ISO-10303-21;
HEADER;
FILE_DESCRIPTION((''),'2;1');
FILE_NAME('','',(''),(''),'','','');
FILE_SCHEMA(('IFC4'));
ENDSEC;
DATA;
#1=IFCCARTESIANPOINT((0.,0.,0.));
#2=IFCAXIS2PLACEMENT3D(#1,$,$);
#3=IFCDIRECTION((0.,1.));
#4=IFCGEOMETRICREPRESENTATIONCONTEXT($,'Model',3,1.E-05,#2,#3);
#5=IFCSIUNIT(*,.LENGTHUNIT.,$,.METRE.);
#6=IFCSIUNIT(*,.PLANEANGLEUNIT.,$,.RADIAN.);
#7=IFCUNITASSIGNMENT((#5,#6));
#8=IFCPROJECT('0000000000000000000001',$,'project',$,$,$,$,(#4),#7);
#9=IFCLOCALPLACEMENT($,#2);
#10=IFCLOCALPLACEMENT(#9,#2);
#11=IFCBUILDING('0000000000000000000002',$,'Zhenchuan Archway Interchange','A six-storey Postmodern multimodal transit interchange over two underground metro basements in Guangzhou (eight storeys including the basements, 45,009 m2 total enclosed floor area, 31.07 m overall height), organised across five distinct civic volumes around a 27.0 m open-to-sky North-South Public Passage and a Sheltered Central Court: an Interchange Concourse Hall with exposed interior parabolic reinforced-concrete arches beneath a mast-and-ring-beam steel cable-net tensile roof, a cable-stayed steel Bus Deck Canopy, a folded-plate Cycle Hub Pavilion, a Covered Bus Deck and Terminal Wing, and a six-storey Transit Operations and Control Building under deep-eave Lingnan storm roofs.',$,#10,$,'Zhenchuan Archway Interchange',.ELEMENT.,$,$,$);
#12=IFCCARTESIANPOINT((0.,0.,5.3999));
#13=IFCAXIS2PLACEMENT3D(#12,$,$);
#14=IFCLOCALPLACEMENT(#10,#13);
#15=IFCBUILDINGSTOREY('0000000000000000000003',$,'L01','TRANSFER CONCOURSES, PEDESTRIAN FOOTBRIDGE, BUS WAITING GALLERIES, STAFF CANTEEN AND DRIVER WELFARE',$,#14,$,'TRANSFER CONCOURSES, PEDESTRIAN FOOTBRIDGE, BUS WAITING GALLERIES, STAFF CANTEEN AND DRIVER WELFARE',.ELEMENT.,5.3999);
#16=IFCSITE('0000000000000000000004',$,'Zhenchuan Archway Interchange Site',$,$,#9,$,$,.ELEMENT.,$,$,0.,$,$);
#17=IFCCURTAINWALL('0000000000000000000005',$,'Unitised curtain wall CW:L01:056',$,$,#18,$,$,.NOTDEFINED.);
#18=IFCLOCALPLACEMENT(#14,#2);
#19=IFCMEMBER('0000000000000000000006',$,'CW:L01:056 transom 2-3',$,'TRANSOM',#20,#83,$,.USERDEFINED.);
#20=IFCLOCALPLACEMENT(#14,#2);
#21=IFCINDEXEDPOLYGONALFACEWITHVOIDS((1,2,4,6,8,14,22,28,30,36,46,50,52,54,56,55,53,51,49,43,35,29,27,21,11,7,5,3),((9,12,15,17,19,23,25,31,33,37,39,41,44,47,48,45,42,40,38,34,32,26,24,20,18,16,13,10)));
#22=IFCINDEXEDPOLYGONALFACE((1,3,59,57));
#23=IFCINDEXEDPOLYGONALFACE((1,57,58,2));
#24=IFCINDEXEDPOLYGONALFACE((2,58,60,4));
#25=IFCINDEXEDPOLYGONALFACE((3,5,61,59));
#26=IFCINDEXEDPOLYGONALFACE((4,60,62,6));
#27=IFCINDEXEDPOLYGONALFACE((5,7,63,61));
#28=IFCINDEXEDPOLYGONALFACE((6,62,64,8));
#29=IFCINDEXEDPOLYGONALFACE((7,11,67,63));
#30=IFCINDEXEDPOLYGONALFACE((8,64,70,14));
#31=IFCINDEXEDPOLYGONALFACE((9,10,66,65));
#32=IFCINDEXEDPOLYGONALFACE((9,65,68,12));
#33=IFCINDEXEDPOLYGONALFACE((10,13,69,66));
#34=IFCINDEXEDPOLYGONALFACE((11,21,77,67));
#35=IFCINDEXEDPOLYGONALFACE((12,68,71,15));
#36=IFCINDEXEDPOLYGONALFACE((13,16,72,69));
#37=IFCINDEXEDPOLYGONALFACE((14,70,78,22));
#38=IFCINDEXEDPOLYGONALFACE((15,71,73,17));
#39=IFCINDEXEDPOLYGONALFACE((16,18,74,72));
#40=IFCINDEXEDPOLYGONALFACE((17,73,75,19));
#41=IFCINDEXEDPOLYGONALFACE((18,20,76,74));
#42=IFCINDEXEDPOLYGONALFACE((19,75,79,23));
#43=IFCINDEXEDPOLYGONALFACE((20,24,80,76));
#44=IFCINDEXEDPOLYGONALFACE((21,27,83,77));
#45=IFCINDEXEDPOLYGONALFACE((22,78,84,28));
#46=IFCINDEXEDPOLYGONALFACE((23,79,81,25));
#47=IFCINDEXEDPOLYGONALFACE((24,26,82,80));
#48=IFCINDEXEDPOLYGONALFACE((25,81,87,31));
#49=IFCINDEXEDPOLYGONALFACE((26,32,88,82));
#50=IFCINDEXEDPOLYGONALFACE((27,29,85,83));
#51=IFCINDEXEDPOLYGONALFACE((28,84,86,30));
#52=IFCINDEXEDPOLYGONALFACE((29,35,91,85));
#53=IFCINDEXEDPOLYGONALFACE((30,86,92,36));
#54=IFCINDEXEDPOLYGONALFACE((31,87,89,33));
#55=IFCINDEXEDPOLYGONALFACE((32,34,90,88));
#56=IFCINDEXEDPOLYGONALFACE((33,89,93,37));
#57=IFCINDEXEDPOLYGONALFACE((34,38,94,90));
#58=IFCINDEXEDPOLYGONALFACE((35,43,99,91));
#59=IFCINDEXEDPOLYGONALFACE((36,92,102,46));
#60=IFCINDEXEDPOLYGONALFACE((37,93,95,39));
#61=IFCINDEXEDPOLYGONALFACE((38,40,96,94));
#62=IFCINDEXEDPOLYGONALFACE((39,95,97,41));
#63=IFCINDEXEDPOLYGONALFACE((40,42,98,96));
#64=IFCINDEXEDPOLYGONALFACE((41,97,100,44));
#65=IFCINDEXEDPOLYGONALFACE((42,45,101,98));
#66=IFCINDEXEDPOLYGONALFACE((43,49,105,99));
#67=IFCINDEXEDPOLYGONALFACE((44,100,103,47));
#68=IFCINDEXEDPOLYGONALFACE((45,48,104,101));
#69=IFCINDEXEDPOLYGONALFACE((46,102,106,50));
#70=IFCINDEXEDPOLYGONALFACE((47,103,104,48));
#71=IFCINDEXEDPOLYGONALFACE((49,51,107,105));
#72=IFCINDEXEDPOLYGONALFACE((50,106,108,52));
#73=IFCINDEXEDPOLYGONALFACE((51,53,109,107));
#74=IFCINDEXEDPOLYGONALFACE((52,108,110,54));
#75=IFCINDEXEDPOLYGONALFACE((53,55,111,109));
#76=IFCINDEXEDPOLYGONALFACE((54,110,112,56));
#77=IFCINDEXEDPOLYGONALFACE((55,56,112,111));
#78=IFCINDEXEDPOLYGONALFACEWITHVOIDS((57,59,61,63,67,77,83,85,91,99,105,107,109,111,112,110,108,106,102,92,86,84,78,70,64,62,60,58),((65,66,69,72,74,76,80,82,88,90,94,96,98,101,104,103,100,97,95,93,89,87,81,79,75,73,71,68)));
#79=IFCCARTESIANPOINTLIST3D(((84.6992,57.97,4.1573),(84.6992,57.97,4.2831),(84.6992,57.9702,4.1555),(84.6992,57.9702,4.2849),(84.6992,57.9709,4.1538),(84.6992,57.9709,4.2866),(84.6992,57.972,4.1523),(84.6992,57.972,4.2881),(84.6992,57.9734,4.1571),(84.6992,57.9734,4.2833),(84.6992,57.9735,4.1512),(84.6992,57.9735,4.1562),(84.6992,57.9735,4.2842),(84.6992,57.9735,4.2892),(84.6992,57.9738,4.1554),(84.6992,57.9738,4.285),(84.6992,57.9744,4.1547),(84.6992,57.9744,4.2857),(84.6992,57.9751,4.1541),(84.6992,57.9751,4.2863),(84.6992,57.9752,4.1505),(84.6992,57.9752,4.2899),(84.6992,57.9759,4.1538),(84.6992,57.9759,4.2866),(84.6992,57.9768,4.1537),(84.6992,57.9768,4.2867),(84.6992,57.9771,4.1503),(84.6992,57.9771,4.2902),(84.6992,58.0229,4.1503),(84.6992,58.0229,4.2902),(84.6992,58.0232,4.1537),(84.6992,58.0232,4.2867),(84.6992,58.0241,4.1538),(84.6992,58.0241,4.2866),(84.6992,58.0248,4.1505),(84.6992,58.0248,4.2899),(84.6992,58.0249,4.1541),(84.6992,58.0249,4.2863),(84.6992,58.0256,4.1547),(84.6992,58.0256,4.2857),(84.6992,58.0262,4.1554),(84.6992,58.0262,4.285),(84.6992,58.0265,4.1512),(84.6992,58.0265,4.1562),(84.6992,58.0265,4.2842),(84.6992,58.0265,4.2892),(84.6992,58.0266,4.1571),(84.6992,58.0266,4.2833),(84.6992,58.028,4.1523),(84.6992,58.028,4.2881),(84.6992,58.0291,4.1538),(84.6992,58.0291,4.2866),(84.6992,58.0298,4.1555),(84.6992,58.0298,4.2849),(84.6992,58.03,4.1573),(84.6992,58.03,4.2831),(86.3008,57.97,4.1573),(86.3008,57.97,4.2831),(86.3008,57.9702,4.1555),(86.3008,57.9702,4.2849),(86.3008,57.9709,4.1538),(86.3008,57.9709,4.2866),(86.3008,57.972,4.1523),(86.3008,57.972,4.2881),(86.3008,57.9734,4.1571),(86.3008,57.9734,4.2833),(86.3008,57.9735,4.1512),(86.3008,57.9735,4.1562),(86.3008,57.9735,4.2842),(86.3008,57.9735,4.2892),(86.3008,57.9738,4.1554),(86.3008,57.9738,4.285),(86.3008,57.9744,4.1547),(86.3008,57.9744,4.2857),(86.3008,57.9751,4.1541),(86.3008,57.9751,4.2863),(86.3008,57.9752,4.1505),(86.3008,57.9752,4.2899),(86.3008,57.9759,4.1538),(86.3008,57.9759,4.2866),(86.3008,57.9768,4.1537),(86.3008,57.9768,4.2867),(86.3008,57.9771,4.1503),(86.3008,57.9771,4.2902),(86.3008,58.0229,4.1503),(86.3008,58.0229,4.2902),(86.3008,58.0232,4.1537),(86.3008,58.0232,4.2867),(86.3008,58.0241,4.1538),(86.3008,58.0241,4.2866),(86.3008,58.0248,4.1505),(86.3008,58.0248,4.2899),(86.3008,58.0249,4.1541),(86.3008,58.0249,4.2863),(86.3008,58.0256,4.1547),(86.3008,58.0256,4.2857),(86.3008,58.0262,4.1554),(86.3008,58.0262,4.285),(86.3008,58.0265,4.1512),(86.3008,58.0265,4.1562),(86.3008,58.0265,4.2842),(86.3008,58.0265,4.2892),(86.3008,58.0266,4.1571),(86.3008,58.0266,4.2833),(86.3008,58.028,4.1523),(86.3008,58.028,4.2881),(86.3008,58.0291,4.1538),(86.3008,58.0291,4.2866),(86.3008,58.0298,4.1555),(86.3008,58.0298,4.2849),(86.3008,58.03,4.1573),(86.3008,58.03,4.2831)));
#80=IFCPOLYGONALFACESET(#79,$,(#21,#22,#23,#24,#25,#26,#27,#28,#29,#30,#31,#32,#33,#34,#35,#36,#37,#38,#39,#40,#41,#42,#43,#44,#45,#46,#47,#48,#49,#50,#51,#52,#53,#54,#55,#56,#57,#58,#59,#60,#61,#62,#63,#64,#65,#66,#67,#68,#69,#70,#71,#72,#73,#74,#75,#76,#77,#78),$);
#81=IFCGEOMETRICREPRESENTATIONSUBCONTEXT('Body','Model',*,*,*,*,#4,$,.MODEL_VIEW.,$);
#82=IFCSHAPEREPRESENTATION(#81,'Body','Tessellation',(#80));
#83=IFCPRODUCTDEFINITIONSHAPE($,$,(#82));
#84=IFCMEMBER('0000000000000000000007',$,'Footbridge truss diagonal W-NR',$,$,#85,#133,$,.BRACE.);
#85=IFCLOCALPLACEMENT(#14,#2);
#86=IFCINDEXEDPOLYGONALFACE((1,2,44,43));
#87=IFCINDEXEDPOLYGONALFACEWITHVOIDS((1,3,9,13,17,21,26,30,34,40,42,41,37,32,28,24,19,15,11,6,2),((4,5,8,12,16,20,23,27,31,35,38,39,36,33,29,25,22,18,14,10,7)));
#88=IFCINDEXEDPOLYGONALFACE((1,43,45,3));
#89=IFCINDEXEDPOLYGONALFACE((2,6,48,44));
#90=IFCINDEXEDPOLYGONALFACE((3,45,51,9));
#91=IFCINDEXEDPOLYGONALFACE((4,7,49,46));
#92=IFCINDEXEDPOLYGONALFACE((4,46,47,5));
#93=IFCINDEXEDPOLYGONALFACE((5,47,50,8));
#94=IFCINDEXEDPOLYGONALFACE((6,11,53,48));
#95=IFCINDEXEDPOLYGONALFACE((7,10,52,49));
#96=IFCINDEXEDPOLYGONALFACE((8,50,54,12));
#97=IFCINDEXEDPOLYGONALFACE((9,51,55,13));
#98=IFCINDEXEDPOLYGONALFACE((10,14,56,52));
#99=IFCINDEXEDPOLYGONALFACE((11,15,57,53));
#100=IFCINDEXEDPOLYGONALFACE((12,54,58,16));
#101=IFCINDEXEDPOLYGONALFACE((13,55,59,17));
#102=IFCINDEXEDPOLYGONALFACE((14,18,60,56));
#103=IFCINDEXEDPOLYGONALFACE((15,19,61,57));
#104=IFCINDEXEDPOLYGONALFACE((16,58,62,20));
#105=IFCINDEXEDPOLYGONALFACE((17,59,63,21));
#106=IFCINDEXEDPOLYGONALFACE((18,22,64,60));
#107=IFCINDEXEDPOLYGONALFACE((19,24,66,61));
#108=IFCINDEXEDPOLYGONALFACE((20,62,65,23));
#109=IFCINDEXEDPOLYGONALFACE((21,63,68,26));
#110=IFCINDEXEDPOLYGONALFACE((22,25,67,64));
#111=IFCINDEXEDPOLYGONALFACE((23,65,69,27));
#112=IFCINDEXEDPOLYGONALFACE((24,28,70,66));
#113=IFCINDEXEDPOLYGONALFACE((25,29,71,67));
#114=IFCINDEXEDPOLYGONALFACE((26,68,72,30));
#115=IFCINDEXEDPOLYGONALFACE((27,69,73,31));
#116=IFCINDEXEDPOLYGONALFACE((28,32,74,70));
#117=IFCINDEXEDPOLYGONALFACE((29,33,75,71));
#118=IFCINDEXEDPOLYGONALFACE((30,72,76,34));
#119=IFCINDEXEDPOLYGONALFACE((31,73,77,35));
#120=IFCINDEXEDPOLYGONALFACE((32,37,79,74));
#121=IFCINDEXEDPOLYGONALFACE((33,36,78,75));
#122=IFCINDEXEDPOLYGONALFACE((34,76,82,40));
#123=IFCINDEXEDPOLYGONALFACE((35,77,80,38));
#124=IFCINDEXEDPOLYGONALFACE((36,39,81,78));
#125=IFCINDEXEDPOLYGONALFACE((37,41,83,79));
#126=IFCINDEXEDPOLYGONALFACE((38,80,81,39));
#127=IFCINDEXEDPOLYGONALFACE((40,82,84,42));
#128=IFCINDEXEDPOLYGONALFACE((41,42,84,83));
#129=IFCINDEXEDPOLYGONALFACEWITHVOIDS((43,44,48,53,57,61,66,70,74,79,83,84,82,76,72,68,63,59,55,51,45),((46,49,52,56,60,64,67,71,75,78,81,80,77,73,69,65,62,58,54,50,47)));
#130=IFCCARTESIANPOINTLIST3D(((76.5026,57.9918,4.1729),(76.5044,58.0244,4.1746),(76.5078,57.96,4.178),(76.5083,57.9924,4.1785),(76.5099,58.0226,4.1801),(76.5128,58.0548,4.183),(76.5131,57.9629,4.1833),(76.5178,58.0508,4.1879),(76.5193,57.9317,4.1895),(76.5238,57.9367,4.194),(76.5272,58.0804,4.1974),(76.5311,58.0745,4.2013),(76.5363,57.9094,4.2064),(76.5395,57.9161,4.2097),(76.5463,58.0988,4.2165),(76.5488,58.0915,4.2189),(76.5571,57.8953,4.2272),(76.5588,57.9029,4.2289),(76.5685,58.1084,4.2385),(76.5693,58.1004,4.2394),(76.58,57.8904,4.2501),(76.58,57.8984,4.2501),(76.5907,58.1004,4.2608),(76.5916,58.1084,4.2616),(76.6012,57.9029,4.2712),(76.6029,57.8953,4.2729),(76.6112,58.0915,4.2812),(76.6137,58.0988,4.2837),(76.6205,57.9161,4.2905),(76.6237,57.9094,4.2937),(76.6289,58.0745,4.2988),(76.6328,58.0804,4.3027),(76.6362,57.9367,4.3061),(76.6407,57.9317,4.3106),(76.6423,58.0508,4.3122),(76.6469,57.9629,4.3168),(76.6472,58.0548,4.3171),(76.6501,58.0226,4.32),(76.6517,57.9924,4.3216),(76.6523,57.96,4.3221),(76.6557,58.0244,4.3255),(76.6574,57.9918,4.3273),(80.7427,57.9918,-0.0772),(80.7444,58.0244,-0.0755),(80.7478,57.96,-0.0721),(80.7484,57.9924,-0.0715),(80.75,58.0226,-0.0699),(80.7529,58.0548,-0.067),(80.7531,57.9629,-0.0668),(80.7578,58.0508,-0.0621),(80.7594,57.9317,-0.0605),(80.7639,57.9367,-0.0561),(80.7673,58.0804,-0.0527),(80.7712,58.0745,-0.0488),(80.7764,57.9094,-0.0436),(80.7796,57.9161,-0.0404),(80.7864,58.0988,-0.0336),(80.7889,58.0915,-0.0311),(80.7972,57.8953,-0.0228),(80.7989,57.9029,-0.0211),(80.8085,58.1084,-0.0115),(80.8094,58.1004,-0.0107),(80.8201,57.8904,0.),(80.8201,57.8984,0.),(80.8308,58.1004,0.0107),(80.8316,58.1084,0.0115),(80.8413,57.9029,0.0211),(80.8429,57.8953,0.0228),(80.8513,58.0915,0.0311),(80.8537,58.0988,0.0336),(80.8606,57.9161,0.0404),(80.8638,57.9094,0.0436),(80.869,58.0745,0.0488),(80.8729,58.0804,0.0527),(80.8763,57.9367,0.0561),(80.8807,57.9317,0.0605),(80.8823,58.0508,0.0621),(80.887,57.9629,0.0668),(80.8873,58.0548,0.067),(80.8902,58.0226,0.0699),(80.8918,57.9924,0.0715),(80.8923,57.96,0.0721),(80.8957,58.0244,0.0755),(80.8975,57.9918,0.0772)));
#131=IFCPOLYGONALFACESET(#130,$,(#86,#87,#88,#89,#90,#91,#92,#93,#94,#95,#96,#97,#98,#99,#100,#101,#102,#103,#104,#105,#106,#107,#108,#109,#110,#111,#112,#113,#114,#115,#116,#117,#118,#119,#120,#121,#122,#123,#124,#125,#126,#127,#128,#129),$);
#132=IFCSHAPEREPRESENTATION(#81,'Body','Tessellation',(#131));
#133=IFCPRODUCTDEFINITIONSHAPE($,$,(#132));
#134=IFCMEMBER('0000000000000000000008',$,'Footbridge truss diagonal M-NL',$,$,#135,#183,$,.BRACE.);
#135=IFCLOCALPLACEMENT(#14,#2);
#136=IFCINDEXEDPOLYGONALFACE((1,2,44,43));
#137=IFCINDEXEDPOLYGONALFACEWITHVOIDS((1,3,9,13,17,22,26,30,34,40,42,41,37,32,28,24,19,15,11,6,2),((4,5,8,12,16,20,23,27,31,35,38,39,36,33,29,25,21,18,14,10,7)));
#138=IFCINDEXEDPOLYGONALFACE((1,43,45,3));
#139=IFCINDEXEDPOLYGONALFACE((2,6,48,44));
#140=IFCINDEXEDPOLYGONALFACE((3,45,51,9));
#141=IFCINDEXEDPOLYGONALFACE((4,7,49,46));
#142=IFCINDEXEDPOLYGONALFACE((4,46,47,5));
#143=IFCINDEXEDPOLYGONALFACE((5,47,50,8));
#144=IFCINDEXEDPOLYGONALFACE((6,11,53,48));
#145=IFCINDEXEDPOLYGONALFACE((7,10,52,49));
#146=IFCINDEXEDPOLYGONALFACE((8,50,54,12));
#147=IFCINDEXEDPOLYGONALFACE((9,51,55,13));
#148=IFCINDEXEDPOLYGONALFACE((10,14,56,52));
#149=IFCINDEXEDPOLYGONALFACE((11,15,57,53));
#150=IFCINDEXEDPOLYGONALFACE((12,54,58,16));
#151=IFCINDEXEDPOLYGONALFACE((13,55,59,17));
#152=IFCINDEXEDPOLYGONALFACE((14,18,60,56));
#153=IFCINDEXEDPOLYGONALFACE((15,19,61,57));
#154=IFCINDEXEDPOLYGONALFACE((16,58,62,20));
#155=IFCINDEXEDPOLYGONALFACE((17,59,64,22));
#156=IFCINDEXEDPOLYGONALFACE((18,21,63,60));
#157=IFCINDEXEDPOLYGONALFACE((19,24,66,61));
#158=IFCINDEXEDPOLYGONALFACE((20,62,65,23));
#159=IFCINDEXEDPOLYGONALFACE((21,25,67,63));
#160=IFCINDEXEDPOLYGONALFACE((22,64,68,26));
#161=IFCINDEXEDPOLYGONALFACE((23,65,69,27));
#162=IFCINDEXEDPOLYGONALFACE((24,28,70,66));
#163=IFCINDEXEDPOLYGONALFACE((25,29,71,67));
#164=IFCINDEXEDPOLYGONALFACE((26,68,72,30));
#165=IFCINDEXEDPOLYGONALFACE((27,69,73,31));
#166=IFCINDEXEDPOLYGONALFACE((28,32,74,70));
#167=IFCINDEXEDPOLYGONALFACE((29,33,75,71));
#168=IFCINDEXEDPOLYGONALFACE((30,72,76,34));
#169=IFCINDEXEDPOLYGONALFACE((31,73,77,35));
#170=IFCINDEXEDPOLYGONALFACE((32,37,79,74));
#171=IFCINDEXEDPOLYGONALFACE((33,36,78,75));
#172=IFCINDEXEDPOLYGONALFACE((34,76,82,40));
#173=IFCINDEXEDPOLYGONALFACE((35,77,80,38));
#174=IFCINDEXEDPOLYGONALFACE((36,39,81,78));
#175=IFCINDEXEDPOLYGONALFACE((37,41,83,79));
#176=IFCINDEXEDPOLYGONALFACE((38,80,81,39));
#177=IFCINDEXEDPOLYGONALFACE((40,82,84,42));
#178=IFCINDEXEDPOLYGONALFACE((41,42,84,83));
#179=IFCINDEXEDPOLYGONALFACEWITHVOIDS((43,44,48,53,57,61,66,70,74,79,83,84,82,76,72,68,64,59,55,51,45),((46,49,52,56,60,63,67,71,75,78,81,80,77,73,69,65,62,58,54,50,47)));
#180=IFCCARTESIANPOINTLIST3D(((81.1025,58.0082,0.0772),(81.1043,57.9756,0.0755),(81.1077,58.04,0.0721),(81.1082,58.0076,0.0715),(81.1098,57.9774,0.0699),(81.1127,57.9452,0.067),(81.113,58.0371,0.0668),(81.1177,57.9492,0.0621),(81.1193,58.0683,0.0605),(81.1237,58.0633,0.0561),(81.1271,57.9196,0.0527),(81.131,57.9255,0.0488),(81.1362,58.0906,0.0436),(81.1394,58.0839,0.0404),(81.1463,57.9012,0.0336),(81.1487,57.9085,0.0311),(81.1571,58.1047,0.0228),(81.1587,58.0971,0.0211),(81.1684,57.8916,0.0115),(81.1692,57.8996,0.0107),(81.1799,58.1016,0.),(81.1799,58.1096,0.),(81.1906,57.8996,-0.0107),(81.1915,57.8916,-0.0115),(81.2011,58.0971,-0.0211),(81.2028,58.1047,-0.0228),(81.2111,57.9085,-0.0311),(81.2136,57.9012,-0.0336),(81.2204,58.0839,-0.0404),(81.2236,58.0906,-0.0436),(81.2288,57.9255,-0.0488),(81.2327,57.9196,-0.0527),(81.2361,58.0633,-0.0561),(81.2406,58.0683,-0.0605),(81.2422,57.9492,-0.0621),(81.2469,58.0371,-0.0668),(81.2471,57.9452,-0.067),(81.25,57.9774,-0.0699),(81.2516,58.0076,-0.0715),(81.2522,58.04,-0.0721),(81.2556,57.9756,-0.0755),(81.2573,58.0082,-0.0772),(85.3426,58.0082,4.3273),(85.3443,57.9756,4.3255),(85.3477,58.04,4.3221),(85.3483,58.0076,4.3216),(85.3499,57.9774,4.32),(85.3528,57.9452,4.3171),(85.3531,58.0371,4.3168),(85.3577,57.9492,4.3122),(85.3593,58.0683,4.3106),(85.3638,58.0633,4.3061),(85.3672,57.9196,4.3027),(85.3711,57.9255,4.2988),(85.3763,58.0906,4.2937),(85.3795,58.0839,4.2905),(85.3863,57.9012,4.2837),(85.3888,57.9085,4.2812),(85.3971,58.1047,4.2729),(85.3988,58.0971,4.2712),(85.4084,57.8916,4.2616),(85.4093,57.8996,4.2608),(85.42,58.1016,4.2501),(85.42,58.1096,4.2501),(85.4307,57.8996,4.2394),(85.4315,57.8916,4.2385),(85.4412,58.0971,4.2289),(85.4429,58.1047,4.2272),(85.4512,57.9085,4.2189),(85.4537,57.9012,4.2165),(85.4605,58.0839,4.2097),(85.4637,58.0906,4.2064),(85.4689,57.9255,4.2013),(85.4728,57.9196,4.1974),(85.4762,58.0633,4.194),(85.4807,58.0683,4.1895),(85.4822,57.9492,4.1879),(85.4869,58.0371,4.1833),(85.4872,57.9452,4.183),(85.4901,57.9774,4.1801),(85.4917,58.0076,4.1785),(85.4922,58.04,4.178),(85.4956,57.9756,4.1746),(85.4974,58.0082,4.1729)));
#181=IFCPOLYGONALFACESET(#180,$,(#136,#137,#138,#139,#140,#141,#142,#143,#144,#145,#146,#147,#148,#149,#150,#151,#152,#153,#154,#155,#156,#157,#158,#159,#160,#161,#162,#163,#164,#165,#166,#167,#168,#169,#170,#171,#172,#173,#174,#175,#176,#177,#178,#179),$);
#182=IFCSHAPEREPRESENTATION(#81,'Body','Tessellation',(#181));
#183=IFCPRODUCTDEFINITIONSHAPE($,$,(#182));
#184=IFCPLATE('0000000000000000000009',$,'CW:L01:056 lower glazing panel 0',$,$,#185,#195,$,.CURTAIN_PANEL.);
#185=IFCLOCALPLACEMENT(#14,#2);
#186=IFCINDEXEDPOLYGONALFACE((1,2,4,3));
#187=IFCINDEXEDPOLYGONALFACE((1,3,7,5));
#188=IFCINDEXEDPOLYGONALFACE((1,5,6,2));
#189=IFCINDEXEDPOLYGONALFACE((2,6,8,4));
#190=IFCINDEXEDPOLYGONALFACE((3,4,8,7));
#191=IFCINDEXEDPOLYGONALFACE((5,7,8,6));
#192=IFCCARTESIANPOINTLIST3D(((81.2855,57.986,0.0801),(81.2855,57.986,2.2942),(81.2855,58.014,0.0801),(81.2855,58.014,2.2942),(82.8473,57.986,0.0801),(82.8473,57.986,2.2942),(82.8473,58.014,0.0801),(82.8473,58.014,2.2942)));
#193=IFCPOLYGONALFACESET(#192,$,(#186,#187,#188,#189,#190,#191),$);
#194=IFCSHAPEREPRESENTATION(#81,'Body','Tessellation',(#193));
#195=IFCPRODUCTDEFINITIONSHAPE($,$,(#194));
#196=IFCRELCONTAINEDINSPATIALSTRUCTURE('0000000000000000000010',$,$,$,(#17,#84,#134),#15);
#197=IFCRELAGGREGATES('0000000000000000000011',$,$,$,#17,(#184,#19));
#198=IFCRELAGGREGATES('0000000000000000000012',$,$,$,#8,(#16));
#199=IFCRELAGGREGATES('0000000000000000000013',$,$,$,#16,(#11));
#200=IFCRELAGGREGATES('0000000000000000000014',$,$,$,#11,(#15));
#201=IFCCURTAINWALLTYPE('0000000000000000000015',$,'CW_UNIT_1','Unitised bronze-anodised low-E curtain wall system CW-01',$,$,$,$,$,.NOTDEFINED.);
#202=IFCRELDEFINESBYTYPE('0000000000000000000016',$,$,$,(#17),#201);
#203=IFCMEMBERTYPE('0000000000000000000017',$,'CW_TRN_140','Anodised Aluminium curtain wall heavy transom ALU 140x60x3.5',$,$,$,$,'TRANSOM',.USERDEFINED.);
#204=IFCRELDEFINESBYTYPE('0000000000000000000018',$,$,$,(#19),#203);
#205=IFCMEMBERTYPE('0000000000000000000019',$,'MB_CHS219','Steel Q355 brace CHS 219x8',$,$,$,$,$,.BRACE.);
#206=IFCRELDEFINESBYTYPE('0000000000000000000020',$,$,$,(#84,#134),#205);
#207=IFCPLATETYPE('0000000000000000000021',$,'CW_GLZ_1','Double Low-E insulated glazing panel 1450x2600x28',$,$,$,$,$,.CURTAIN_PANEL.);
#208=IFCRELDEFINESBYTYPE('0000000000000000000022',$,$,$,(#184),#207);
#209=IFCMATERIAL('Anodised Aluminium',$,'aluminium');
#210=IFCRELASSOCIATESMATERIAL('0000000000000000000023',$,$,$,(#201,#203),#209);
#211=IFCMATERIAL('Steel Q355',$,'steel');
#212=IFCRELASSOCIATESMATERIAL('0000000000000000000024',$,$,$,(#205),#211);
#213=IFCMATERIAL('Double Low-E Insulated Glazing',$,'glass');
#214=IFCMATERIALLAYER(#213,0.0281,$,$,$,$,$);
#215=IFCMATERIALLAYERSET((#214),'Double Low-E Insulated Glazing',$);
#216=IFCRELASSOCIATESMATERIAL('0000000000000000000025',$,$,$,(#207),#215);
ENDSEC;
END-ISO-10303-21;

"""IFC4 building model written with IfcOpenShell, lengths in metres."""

from ifc_helpers import new_model, si_unit, direction, frame, origin, origin_2d, place, context, subcontext, project, spatial, rectangle, hollow_rectangle, hollow_circle, extrude, material, layer, layer_set, material_profile, profile_set, type_object, element, aggregate, save


model = new_model("IFC4")

# Units and contexts
model_context = context("Model", 3, precision=1e-05, world=origin(), true_north=direction((0.0, 1.0)))
body_context = subcontext(model_context, "Body", "Model", "MODEL_VIEW")
ifc_project = project(units=[si_unit("LENGTHUNIT", "METRE"), si_unit("PLANEANGLEUNIT", "RADIAN")], contexts=[model_context])

# Site, building, storey
site_placement = place(None, origin())
site = spatial("IfcSite", under=ifc_project, at=site_placement, Name="Zhenchuan Archway Interchange Site", CompositionType="ELEMENT", RefElevation=0.0)
building_placement = place(site_placement, origin())
building = spatial("IfcBuilding", under=site, at=building_placement, Name="Zhenchuan Archway Interchange", Description="A six-storey Postmodern multimodal transit interchange over two underground metro basements in Guangzhou (eight storeys including the basements, 45,009 m2 total enclosed floor area, 31.07 m overall height), organised across five distinct civic volumes around a 27.0 m open-to-sky North-South Public Passage and a Sheltered Central Court: an Interchange Concourse Hall with exposed interior parabolic reinforced-concrete arches beneath a mast-and-ring-beam steel cable-net tensile roof, a cable-stayed steel Bus Deck Canopy, a folded-plate Cycle Hub Pavilion, a Covered Bus Deck and Terminal Wing, and a six-storey Transit Operations and Control Building under deep-eave Lingnan storm roofs.", LongName="Zhenchuan Archway Interchange", CompositionType="ELEMENT")
storey_placement = place(building_placement, frame((0.0, 0.0, 5.3999)))
storey = spatial("IfcBuildingStorey", under=building, at=storey_placement, Name="L01", Description="TRANSFER CONCOURSES, PEDESTRIAN FOOTBRIDGE, BUS WAITING GALLERIES, STAFF CANTEEN AND DRIVER WELFARE", LongName="TRANSFER CONCOURSES, PEDESTRIAN FOOTBRIDGE, BUS WAITING GALLERIES, STAFF CANTEEN AND DRIVER WELFARE", CompositionType="ELEMENT", Elevation=5.3999)

# Shared definitions
ifc_material_1 = material(Name="Anodised Aluminium", Category="aluminium")

# Curtain wall
curtain_wall_type_1 = type_object("IfcCurtainWallType", Name="CW_UNIT_1", Description="Unitised bronze-anodised low-E curtain wall system CW-01", PredefinedType="NOTDEFINED", material=ifc_material_1)
curtain_wall_1_placement = place(storey_placement, origin())
curtain_wall_1 = element("IfcCurtainWall", 1, at=curtain_wall_1_placement, inside=storey, type_object=curtain_wall_type_1, Name="Unitised curtain wall CW:L01:056", PredefinedType="NOTDEFINED")

# Member
ifc_material_profile_1 = material_profile(ifc_material_1, hollow_rectangle(XDim=0.0601, YDim=0.1399, WallThickness=0.0034, InnerFilletRadius=0.0034, OuterFilletRadius=0.0071, at=origin_2d()), Name="ALU 140x60x3.5")
ifc_profile_set_1 = profile_set([ifc_material_profile_1], Name="Anodised Aluminium")
member_type_1 = type_object("IfcMemberType", Name="CW_TRN_140", Description="Anodised Aluminium curtain wall heavy transom ALU 140x60x3.5", ElementType="TRANSOM", PredefinedType="USERDEFINED", material=ifc_profile_set_1)
member_1_placement = place(storey_placement, frame((84.6992, 58.0, 4.2202), z_axis=(1.0, 0.0, 0.0), x_axis=(0.0, 1.0, 0.0)))
member_1 = element("IfcMember", 2, at=member_1_placement, type_object=member_type_1, Name="CW:L01:056 transom 2-3", ObjectType="TRANSOM", PredefinedType="USERDEFINED", context=body_context, shape_type="SweptSolid", body=[
    extrude(hollow_rectangle(XDim=0.0601, YDim=0.1399, WallThickness=0.0034, InnerFilletRadius=0.0034, OuterFilletRadius=0.0071, at=origin_2d()), origin(), (0.0, 0.0, 1.0), 1.6016),
])

# Members
ifc_material_2 = material(Name="Steel Q355", Category="steel")
ifc_material_profile_2 = material_profile(ifc_material_2, hollow_circle(Radius=0.1096, WallThickness=0.0081, at=origin_2d()), Name="CHS 219x8")
ifc_profile_set_2 = profile_set([ifc_material_profile_2], Name="Steel Q355")
member_type_2 = type_object("IfcMemberType", Name="MB_CHS219", Description="Steel Q355 brace CHS 219x8", PredefinedType="BRACE", material=ifc_profile_set_2)
for number, where, z_axis, x_axis, name in (
    (3, (80.8201, 58.0, 0.0), (-0.706273, 0.0, 0.70794), (0.0, -1.0, 0.0), "Footbridge truss diagonal W-NR"),
    (4, (81.1799, 58.0, 0.0), (0.706273, 0.0, 0.70794), (0.0, 1.0, 0.0), "Footbridge truss diagonal M-NL"),
):
    element("IfcMember", number, at=place(storey_placement, frame(where, z_axis=z_axis, x_axis=x_axis)), inside=storey, type_object=member_type_2, Name=name, PredefinedType="BRACE", context=body_context, shape_type="SweptSolid", body=[
        extrude(hollow_circle(Radius=0.1096, WallThickness=0.0081, at=origin_2d()), origin(), (0.0, 0.0, 1.0), 6.0034),
    ])

# Plate
ifc_material_3 = material(Name="Double Low-E Insulated Glazing", Category="glass")
ifc_layer_1 = layer(ifc_material_3, 0.0281)
ifc_layer_set_1 = layer_set([ifc_layer_1], Name="Double Low-E Insulated Glazing")
plate_type_1 = type_object("IfcPlateType", Name="CW_GLZ_1", Description="Double Low-E insulated glazing panel 1450x2600x28", PredefinedType="CURTAIN_PANEL", material=ifc_layer_set_1)
plate_1_placement = place(storey_placement, frame((82.0664, 58.0, 0.0801), z_axis=(0.0, 0.0, 1.0), x_axis=(1.0, 0.0, 0.0)))
plate_1 = element("IfcPlate", 5, at=plate_1_placement, type_object=plate_type_1, Name="CW:L01:056 lower glazing panel 0", PredefinedType="CURTAIN_PANEL", context=body_context, shape_type="SweptSolid", body=[
    extrude(rectangle(XDim=1.5618, YDim=0.0281, at=origin_2d()), origin(), (0.0, 0.0, 1.0), 2.2141),
])
aggregate(curtain_wall_1, [plate_1, member_1])

save(model, "model.ifc")
